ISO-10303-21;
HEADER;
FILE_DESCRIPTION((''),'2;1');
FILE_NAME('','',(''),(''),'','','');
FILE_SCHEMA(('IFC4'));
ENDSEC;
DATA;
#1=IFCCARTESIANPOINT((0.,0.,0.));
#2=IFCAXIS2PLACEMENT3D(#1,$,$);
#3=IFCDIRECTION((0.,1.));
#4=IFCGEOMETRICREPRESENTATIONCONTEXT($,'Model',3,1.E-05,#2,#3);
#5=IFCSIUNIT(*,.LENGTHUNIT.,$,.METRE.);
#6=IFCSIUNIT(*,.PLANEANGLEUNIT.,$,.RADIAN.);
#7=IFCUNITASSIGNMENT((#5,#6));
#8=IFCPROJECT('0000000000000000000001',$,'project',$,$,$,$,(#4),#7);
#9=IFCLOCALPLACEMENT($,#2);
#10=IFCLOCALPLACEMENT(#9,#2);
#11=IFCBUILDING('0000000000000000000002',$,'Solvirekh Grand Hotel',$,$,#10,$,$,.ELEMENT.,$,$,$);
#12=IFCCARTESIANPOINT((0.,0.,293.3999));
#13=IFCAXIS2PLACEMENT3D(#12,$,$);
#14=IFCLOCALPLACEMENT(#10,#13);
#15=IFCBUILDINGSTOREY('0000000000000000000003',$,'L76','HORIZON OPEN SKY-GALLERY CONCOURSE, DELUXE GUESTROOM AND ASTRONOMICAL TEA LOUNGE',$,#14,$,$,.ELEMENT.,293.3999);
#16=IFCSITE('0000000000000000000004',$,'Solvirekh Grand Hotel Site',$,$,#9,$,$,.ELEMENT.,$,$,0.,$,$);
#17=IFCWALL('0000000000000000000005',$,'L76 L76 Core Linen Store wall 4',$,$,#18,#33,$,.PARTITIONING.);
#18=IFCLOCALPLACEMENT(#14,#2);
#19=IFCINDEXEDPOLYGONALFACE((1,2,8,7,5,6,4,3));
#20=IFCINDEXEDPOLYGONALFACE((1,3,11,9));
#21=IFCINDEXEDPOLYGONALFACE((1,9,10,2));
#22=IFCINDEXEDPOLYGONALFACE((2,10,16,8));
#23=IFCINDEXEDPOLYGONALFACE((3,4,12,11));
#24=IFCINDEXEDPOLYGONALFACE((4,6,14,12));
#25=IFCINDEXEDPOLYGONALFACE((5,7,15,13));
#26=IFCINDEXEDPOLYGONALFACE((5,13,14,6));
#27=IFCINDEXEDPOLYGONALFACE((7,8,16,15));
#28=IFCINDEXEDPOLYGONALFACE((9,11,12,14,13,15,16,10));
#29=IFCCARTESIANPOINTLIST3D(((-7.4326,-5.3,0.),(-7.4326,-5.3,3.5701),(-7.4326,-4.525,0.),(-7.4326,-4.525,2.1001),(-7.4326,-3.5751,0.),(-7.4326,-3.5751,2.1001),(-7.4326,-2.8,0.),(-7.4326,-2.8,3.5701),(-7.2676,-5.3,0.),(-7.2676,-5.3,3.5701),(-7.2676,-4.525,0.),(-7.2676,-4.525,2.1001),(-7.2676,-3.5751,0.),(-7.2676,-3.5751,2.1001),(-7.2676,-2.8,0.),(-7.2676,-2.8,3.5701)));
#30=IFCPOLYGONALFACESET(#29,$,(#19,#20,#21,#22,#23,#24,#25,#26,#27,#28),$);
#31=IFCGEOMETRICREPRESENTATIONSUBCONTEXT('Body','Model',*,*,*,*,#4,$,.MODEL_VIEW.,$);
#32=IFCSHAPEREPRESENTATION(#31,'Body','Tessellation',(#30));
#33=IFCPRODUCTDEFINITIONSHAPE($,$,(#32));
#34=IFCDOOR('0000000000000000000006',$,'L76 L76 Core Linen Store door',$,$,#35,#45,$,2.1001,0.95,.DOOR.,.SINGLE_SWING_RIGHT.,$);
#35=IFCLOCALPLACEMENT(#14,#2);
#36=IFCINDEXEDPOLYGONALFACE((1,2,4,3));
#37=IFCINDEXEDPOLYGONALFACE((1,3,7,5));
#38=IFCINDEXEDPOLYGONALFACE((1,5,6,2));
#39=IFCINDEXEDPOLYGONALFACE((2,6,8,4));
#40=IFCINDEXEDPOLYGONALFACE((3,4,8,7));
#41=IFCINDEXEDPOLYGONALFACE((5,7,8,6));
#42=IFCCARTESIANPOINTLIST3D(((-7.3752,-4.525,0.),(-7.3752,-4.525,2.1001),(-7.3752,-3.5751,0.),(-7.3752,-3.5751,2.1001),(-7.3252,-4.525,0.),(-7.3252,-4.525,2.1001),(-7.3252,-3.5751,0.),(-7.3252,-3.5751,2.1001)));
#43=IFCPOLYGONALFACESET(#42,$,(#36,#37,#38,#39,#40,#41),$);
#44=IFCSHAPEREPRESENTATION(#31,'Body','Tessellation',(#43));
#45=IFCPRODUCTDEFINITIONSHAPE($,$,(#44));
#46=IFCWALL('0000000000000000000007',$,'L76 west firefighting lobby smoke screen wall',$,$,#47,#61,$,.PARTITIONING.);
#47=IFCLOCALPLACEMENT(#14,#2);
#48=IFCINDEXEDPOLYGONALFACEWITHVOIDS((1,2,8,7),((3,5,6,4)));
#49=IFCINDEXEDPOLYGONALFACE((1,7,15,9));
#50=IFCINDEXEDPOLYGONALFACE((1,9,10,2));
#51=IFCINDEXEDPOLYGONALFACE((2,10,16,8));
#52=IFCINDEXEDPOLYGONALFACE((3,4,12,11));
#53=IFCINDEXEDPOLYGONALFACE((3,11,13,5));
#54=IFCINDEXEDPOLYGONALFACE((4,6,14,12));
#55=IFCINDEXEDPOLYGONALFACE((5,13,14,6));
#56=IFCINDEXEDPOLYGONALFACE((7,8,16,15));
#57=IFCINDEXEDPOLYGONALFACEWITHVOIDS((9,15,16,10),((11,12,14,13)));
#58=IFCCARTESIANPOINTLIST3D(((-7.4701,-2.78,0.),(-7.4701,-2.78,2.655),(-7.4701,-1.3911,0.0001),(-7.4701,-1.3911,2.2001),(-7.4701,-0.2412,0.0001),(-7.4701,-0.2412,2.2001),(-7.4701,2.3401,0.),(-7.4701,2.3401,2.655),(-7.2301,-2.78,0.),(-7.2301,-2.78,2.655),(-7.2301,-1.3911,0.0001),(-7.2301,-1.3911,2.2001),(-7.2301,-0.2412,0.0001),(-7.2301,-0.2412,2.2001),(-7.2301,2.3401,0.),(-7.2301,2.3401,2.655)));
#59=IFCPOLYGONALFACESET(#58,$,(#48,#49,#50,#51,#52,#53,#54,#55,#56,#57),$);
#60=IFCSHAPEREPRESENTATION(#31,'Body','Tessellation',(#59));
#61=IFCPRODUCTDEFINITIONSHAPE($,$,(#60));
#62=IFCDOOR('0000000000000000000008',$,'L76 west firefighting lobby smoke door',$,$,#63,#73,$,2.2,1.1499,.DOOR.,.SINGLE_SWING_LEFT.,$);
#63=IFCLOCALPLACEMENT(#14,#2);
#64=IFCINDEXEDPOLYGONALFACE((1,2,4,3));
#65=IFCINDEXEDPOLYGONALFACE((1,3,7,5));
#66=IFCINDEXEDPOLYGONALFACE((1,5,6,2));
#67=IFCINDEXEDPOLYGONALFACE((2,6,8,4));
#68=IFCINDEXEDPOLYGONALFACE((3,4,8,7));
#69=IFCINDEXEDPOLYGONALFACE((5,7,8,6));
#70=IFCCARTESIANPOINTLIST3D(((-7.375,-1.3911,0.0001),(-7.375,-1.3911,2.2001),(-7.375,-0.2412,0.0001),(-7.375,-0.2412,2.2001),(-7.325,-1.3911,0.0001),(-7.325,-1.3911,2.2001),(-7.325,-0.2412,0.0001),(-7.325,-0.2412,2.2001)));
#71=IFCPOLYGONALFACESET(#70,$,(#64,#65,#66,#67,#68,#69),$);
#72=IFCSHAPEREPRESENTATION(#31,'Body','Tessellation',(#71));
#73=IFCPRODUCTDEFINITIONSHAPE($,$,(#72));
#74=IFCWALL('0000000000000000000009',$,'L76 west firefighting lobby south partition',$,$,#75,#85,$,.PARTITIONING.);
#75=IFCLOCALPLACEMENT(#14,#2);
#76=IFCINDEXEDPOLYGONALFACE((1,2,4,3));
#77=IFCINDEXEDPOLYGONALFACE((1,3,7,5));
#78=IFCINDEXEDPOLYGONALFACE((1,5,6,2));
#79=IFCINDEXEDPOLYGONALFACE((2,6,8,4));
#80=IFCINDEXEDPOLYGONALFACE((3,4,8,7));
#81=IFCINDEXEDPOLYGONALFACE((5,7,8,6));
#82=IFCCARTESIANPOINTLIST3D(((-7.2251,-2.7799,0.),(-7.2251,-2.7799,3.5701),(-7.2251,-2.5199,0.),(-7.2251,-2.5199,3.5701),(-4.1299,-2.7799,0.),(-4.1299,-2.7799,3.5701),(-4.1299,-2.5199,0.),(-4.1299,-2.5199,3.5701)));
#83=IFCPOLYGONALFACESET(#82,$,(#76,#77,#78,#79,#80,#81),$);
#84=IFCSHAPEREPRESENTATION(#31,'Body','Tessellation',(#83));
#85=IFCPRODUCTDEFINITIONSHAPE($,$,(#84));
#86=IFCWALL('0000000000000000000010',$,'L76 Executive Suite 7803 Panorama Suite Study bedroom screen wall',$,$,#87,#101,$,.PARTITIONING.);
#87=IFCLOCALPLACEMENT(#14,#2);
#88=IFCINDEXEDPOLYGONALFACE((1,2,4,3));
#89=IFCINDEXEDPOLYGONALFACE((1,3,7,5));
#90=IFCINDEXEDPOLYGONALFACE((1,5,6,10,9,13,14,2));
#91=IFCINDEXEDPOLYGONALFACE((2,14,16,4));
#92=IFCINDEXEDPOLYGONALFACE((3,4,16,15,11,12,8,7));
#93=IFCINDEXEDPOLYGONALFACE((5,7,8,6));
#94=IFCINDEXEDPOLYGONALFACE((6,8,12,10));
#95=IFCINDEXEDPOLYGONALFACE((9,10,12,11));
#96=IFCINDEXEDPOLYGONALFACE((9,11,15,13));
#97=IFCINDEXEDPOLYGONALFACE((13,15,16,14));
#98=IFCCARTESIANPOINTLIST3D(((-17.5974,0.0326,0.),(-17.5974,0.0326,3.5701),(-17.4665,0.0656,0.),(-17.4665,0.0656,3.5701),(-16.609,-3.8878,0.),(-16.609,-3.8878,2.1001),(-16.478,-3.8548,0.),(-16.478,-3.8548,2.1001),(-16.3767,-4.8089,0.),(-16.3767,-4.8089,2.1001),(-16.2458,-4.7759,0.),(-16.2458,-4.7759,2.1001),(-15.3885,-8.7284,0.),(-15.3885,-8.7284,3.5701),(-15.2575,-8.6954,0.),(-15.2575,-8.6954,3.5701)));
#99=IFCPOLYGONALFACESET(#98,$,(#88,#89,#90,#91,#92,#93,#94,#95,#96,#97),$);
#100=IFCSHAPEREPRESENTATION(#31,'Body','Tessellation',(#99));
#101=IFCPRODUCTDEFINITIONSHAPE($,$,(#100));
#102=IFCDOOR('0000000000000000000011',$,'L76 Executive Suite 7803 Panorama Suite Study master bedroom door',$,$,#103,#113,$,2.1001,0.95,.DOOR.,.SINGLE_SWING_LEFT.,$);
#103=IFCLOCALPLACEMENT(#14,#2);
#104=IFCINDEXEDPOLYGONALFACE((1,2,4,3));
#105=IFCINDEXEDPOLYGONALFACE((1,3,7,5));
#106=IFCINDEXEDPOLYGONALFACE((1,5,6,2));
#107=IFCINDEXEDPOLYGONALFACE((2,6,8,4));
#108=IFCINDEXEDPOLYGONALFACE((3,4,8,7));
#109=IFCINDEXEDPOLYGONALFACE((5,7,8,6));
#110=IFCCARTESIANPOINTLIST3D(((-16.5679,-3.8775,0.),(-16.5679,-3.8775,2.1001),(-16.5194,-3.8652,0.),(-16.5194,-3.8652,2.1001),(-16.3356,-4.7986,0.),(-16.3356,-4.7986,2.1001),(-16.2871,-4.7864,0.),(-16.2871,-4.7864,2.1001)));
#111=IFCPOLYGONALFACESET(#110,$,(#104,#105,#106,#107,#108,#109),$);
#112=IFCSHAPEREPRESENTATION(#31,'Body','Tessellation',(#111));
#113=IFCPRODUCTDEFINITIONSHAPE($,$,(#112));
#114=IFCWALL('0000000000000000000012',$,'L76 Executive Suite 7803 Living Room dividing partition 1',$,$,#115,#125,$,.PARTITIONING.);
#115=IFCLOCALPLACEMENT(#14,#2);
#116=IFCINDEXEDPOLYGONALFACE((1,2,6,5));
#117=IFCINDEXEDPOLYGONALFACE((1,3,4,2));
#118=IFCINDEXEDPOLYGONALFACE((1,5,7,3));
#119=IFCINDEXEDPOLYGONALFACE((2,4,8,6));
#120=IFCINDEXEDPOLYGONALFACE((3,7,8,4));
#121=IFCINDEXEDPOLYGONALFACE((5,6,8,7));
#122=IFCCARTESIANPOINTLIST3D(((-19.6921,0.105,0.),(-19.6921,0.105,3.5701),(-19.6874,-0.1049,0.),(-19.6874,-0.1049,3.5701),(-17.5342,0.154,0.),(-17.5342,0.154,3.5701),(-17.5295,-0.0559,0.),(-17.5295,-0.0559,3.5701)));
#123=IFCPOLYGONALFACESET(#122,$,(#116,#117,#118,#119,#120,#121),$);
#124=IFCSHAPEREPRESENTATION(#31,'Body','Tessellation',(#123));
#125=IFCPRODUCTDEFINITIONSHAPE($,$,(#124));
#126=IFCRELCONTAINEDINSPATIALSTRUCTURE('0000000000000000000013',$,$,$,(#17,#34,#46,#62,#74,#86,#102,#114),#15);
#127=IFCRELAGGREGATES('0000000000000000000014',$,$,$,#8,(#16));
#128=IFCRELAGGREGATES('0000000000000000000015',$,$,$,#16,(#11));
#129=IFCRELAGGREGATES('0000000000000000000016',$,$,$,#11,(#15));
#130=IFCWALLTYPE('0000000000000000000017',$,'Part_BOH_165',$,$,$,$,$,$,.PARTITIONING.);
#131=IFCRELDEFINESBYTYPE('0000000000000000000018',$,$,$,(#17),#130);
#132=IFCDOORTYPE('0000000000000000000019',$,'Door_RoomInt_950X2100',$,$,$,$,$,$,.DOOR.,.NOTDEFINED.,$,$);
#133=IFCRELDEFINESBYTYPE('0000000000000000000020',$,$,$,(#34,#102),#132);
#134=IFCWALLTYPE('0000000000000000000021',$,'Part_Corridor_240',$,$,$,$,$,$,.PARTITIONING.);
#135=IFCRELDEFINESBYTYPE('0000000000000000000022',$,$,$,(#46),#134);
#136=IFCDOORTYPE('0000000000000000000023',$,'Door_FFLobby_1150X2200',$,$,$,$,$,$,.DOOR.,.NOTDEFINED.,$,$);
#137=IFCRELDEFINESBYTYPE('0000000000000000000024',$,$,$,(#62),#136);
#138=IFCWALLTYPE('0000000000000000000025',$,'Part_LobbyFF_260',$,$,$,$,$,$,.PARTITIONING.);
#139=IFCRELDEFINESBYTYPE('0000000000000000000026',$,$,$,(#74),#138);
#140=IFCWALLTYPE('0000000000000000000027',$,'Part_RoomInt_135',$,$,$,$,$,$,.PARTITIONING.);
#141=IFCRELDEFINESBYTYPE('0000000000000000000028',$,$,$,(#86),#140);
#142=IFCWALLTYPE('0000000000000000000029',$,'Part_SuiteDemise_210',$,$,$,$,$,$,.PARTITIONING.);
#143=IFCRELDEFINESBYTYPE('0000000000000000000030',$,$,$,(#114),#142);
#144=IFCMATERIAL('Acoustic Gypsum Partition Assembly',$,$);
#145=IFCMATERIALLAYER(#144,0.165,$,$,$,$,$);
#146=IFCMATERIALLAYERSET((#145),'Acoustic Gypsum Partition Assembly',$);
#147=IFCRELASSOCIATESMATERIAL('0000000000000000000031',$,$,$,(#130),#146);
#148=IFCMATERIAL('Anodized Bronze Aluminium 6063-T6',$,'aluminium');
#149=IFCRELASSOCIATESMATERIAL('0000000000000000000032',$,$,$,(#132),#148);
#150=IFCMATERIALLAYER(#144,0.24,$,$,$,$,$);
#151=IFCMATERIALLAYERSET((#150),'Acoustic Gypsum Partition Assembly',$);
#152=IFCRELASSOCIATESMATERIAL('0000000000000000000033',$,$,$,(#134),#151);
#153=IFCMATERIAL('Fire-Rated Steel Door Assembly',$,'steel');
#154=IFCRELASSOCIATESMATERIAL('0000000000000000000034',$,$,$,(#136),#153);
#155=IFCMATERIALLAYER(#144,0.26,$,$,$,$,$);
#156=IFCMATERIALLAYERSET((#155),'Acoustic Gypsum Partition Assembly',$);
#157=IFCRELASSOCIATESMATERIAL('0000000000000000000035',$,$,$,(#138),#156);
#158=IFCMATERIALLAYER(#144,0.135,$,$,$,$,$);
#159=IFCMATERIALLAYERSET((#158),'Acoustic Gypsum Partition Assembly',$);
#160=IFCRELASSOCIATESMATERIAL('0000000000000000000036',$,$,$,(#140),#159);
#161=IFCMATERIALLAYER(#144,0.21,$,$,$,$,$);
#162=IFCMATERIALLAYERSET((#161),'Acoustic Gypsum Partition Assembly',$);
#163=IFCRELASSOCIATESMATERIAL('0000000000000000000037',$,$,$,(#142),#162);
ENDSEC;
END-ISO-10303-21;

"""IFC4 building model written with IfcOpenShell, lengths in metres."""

from ifc_helpers import new_model, si_unit, direction, frame, frame_2d, origin, place, context, subcontext, project, spatial, rectangle, extrude, material, layer, layer_set, type_object, element, fill, save


model = new_model("IFC4")

# Units and contexts
model_context = context("Model", 3, precision=1e-05, world=origin(), true_north=direction((0.0, 1.0)))
body_context = subcontext(model_context, "Body", "Model", "MODEL_VIEW")
ifc_project = project(units=[si_unit("LENGTHUNIT", "METRE"), si_unit("PLANEANGLEUNIT", "RADIAN")], contexts=[model_context])

# Site, building, storey
site_placement = place(None, origin())
site = spatial("IfcSite", under=ifc_project, at=site_placement, Name="Solvirekh Grand Hotel Site", CompositionType="ELEMENT", RefElevation=0.0)
building_placement = place(site_placement, origin())
building = spatial("IfcBuilding", under=site, at=building_placement, Name="Solvirekh Grand Hotel", CompositionType="ELEMENT")
storey_placement = place(building_placement, frame((0.0, 0.0, 293.3999)))
storey = spatial("IfcBuildingStorey", under=building, at=storey_placement, Name="L76", Description="HORIZON OPEN SKY-GALLERY CONCOURSE, DELUXE GUESTROOM AND ASTRONOMICAL TEA LOUNGE", CompositionType="ELEMENT", Elevation=293.3999)

# Shared definitions
ifc_material_1 = material(Name="Acoustic Gypsum Partition Assembly")
ifc_layer_1 = layer(ifc_material_1, 0.165)
ifc_layer_set_1 = layer_set([ifc_layer_1], Name="Acoustic Gypsum Partition Assembly")
wall_type_1 = type_object("IfcWallType", Name="Part_BOH_165", PredefinedType="PARTITIONING", material=ifc_layer_set_1)

# Walls, openings, doors
wall_1_placement = place(storey_placement, frame((-7.3501, -2.8, 0.0), z_axis=(0.0, 0.0, 1.0), x_axis=(0.0, -1.0, 0.0)))
wall_1 = element("IfcWall", 1, at=wall_1_placement, inside=storey, type_object=wall_type_1, Name="L76 L76 Core Linen Store wall 4", PredefinedType="PARTITIONING", context=body_context, shape_type="SweptSolid", body=[
    extrude(rectangle(XDim=2.5, YDim=0.165, at=frame_2d((1.25, 0.0))), origin(), (0.0, 0.0, 1.0), 3.5701),
])
opening_1_placement = place(wall_1_placement, frame((0.7749, 0.0, 0.0)))
opening_1 = element("IfcOpeningElement", 2, at=opening_1_placement, cuts=wall_1, PredefinedType="OPENING", context=body_context, shape_type="SweptSolid", body=[
    extrude(rectangle(XDim=0.95, YDim=2.1001, at=frame_2d((0.4751, 1.05))), frame((0.0, 0.0925, 0.0), z_axis=(0.0, -1.0, 0.0), x_axis=(1.0, 0.0, 0.0)), (0.0, 0.0, 1.0), 0.1851),
])
ifc_material_2 = material(Name="Anodized Bronze Aluminium 6063-T6", Category="aluminium")
door_type_1 = type_object("IfcDoorType", Name="Door_RoomInt_950X2100", OperationType="NOTDEFINED", PredefinedType="DOOR", material=ifc_material_2)
door_1_placement = place(opening_1_placement, origin())
door_1 = element("IfcDoor", 3, at=door_1_placement, inside=storey, type_object=door_type_1, Name="L76 L76 Core Linen Store door", OperationType="SINGLE_SWING_RIGHT", OverallHeight=2.1001, OverallWidth=0.95, PredefinedType="DOOR", context=body_context, shape_type="SweptSolid", body=[
    extrude(rectangle(XDim=0.95, YDim=2.1001, at=frame_2d((0.4751, 1.05))), frame((0.0, 0.0249, 0.0), z_axis=(0.0, -1.0, 0.0), x_axis=(1.0, 0.0, 0.0)), (0.0, 0.0, 1.0), 0.05),
])
fill(opening_1, door_1)
ifc_layer_2 = layer(ifc_material_1, 0.24)
ifc_layer_set_2 = layer_set([ifc_layer_2], Name="Acoustic Gypsum Partition Assembly")
wall_type_2 = type_object("IfcWallType", Name="Part_Corridor_240", PredefinedType="PARTITIONING", material=ifc_layer_set_2)
wall_2_placement = place(storey_placement, frame((-7.3501, -2.78, 0.0), z_axis=(0.0, 0.0, 1.0), x_axis=(0.0, 1.0, 0.0)))
wall_2 = element("IfcWall", 4, at=wall_2_placement, inside=storey, type_object=wall_type_2, Name="L76 west firefighting lobby smoke screen wall", PredefinedType="PARTITIONING", context=body_context, shape_type="SweptSolid", body=[
    extrude(rectangle(XDim=5.1201, YDim=0.24, at=frame_2d((2.5601, 0.0))), origin(), (0.0, 0.0, 1.0), 2.655),
])
opening_2_placement = place(wall_2_placement, frame((1.3889, 0.0, 0.0)))
opening_2 = element("IfcOpeningElement", 5, at=opening_2_placement, cuts=wall_2, PredefinedType="OPENING", context=body_context, shape_type="SweptSolid", body=[
    extrude(rectangle(XDim=1.1499, YDim=2.2, at=frame_2d((0.575, 1.1001))), frame((0.0, 0.1299, 0.0), z_axis=(0.0, -1.0, 0.0), x_axis=(1.0, 0.0, 0.0)), (0.0, 0.0, 1.0), 0.26),
])
ifc_material_3 = material(Name="Fire-Rated Steel Door Assembly", Category="steel")
door_type_2 = type_object("IfcDoorType", Name="Door_FFLobby_1150X2200", OperationType="NOTDEFINED", PredefinedType="DOOR", material=ifc_material_3)
door_2_placement = place(opening_2_placement, origin())
door_2 = element("IfcDoor", 6, at=door_2_placement, inside=storey, type_object=door_type_2, Name="L76 west firefighting lobby smoke door", OperationType="SINGLE_SWING_LEFT", OverallHeight=2.2, OverallWidth=1.1499, PredefinedType="DOOR", context=body_context, shape_type="SweptSolid", body=[
    extrude(rectangle(XDim=1.1499, YDim=2.2, at=frame_2d((0.575, 1.1001))), frame((0.0, 0.0249, 0.0), z_axis=(0.0, -1.0, 0.0), x_axis=(1.0, 0.0, 0.0)), (0.0, 0.0, 1.0), 0.05),
])
fill(opening_2, door_2)

# Wall
ifc_layer_3 = layer(ifc_material_1, 0.26)
ifc_layer_set_3 = layer_set([ifc_layer_3], Name="Acoustic Gypsum Partition Assembly")
wall_type_3 = type_object("IfcWallType", Name="Part_LobbyFF_260", PredefinedType="PARTITIONING", material=ifc_layer_set_3)
wall_3_placement = place(storey_placement, frame((-7.2251, -2.6499, 0.0), z_axis=(0.0, 0.0, 1.0), x_axis=(1.0, 0.0, 0.0)))
element("IfcWall", 7, at=wall_3_placement, inside=storey, type_object=wall_type_3, Name="L76 west firefighting lobby south partition", PredefinedType="PARTITIONING", context=body_context, shape_type="SweptSolid", body=[
    extrude(rectangle(XDim=3.0952, YDim=0.26, at=frame_2d((1.5476, 0.0))), origin(), (0.0, 0.0, 1.0), 3.5701),
])

# Wall, opening, door
ifc_layer_4 = layer(ifc_material_1, 0.135)
ifc_layer_set_4 = layer_set([ifc_layer_4], Name="Acoustic Gypsum Partition Assembly")
wall_type_4 = type_object("IfcWallType", Name="Part_RoomInt_135", PredefinedType="PARTITIONING", material=ifc_layer_set_4)
wall_4_placement = place(storey_placement, frame((-17.532, 0.0491, 0.0), z_axis=(0.0, 0.0, 1.0), x_axis=(0.244487, -0.969653, 0.0)))
wall_4 = element("IfcWall", 8, at=wall_4_placement, inside=storey, type_object=wall_type_4, Name="L76 Executive Suite 7803 Panorama Suite Study bedroom screen wall", PredefinedType="PARTITIONING", context=body_context, shape_type="SweptSolid", body=[
    extrude(rectangle(XDim=9.0352, YDim=0.135, at=frame_2d((4.5176, 0.0))), origin(), (0.0, 0.0, 1.0), 3.5701),
])
opening_3_placement = place(wall_4_placement, frame((4.043, 0.0, 0.0)))
opening_3 = element("IfcOpeningElement", 9, at=opening_3_placement, cuts=wall_4, PredefinedType="OPENING", context=body_context, shape_type="SweptSolid", body=[
    extrude(rectangle(XDim=0.95, YDim=2.1001, at=frame_2d((0.4751, 1.05))), frame((0.0, 0.0776, 0.0), z_axis=(0.0, -1.0, 0.0), x_axis=(1.0, 0.0, 0.0)), (0.0, 0.0, 1.0), 0.155),
])
door_3_placement = place(opening_3_placement, origin())
door_3 = element("IfcDoor", 10, at=door_3_placement, inside=storey, type_object=door_type_1, Name="L76 Executive Suite 7803 Panorama Suite Study master bedroom door", OperationType="SINGLE_SWING_LEFT", OverallHeight=2.1001, OverallWidth=0.95, PredefinedType="DOOR", context=body_context, shape_type="SweptSolid", body=[
    extrude(rectangle(XDim=0.95, YDim=2.1001, at=frame_2d((0.4751, 1.05))), frame((0.0, 0.0249, 0.0), z_axis=(0.0, -1.0, 0.0), x_axis=(1.0, 0.0, 0.0)), (0.0, 0.0, 1.0), 0.05),
])
fill(opening_3, door_3)

# Wall
ifc_layer_5 = layer(ifc_material_1, 0.21)
ifc_layer_set_5 = layer_set([ifc_layer_5], Name="Acoustic Gypsum Partition Assembly")
wall_type_5 = type_object("IfcWallType", Name="Part_SuiteDemise_210", PredefinedType="PARTITIONING", material=ifc_layer_set_5)
wall_5_placement = place(storey_placement, frame((-17.532, 0.0491, 0.0), z_axis=(0.0, 0.0, 1.0), x_axis=(-0.999742, -0.022734, 0.0)))
element("IfcWall", 11, at=wall_5_placement, inside=storey, type_object=wall_type_5, Name="L76 Executive Suite 7803 Living Room dividing partition 1", PredefinedType="PARTITIONING", context=body_context, shape_type="SweptSolid", body=[
    extrude(rectangle(XDim=2.1584, YDim=0.21, at=frame_2d((1.0791, 0.0))), origin(), (0.0, 0.0, 1.0), 3.5701),
])

save(model, "model.ifc")
